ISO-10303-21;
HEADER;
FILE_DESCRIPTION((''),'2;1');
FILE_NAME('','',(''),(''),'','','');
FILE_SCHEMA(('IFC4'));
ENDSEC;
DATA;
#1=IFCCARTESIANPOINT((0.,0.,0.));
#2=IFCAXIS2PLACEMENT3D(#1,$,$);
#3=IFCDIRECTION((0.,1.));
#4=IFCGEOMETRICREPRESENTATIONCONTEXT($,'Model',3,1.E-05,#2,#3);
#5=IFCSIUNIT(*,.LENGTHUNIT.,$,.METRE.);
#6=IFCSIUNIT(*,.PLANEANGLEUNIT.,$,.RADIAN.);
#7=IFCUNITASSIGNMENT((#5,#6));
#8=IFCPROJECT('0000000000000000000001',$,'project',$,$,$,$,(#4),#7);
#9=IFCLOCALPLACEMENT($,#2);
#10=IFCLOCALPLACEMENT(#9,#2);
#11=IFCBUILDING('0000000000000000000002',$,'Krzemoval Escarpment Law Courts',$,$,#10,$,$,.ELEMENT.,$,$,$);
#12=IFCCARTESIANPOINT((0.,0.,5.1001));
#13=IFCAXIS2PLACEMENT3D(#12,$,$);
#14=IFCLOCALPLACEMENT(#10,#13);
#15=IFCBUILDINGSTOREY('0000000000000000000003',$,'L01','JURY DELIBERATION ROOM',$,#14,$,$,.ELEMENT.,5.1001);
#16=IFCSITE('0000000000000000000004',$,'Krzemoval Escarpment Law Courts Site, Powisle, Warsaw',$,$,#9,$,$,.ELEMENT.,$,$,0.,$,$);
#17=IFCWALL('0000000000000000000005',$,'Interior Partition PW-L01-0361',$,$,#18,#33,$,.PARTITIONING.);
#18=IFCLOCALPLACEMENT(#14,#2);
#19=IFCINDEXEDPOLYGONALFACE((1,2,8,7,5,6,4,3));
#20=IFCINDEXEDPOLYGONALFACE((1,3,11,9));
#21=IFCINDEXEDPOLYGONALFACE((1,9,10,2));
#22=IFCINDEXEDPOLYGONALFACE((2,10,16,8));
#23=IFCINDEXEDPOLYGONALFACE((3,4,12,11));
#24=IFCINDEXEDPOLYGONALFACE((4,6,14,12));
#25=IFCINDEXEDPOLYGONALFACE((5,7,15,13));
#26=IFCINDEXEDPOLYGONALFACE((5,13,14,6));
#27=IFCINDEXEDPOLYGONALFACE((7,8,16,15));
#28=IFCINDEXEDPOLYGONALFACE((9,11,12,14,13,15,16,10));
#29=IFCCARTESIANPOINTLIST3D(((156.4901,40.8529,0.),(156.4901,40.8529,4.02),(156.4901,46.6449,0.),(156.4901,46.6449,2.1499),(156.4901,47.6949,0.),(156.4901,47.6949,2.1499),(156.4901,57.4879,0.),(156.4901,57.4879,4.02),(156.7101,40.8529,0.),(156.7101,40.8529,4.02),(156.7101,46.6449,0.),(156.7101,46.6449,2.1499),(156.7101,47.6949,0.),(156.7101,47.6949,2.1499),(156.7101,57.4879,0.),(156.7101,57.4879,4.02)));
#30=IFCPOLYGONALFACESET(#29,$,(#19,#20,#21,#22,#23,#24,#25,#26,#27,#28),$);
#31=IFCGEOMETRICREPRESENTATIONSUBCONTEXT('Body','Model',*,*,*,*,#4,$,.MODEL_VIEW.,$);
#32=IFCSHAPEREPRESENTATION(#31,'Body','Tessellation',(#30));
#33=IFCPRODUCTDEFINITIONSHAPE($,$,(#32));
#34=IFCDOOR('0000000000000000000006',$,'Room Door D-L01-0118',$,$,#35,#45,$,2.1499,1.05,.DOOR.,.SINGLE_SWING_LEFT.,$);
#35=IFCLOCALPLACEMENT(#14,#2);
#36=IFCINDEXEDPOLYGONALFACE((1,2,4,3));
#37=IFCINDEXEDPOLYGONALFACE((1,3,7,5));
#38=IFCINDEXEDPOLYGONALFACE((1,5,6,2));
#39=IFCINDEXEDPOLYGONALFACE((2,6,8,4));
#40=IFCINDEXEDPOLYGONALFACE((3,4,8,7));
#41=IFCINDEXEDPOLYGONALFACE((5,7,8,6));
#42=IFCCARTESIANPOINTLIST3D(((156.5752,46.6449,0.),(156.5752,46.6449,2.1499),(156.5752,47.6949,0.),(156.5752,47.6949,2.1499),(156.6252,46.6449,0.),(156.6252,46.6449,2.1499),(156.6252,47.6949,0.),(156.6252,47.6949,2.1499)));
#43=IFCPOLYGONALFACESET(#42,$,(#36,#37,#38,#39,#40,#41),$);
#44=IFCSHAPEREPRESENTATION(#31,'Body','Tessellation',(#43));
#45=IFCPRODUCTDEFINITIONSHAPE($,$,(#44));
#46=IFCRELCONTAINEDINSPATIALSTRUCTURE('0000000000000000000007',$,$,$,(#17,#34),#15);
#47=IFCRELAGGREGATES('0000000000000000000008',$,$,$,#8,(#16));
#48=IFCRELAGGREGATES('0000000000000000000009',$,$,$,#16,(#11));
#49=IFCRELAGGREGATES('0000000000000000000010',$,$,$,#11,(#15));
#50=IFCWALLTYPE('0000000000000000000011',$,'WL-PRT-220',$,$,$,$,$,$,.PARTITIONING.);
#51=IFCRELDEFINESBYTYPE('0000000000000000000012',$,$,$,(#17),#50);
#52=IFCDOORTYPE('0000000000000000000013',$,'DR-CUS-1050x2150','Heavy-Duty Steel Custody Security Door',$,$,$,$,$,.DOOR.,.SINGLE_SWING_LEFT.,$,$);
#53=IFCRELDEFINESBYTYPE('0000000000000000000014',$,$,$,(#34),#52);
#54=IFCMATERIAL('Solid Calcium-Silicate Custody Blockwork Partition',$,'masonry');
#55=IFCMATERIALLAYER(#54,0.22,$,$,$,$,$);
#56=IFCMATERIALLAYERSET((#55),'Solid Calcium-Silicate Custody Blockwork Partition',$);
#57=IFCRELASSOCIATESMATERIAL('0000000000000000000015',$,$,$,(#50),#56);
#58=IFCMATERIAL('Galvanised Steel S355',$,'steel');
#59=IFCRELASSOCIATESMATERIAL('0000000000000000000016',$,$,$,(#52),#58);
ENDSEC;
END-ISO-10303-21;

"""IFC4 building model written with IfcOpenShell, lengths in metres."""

from ifc_helpers import new_model, si_unit, direction, frame, frame_2d, origin, place, context, subcontext, project, spatial, rectangle, extrude, material, layer, layer_set, type_object, element, fill, save


model = new_model("IFC4")

# Units and contexts
model_context = context("Model", 3, precision=1e-05, world=origin(), true_north=direction((0.0, 1.0)))
body_context = subcontext(model_context, "Body", "Model", "MODEL_VIEW")
ifc_project = project(units=[si_unit("LENGTHUNIT", "METRE"), si_unit("PLANEANGLEUNIT", "RADIAN")], contexts=[model_context])

# Site, building, storey
site_placement = place(None, origin())
site = spatial("IfcSite", under=ifc_project, at=site_placement, Name="Krzemoval Escarpment Law Courts Site, Powisle, Warsaw", CompositionType="ELEMENT", RefElevation=0.0)
building_placement = place(site_placement, origin())
building = spatial("IfcBuilding", under=site, at=building_placement, Name="Krzemoval Escarpment Law Courts", CompositionType="ELEMENT")
storey_placement = place(building_placement, frame((0.0, 0.0, 5.1001)))
storey = spatial("IfcBuildingStorey", under=building, at=storey_placement, Name="L01", Description="JURY DELIBERATION ROOM", CompositionType="ELEMENT", Elevation=5.1001)

# Wall, opening, door
ifc_material_1 = material(Name="Solid Calcium-Silicate Custody Blockwork Partition", Category="masonry")
ifc_layer_1 = layer(ifc_material_1, 0.22)
ifc_layer_set_1 = layer_set([ifc_layer_1], Name="Solid Calcium-Silicate Custody Blockwork Partition")
wall_type_1 = type_object("IfcWallType", Name="WL-PRT-220", PredefinedType="PARTITIONING", material=ifc_layer_set_1)
wall_1_placement = place(storey_placement, frame((156.6001, 40.853, 0.0), z_axis=(0.0, 0.0, 1.0), x_axis=(0.0, 1.0, 0.0)))
wall_1 = element("IfcWall", 1, at=wall_1_placement, inside=storey, type_object=wall_type_1, Name="Interior Partition PW-L01-0361", PredefinedType="PARTITIONING", context=body_context, shape_type="SweptSolid", body=[
    extrude(rectangle(XDim=16.635, YDim=0.22, at=frame_2d((8.3174, 0.0))), origin(), (0.0, 0.0, 1.0), 4.02),
])
opening_1_placement = place(wall_1_placement, frame((5.792, 0.0, 0.0)))
opening_1 = element("IfcOpeningElement", 2, at=opening_1_placement, cuts=wall_1, PredefinedType="OPENING", context=body_context, shape_type="SweptSolid", body=[
    extrude(rectangle(XDim=1.05, YDim=2.1499, at=frame_2d((0.5249, 1.075))), frame((0.0, 0.125, 0.0), z_axis=(0.0, -1.0, 0.0), x_axis=(1.0, 0.0, 0.0)), (0.0, 0.0, 1.0), 0.25),
])
ifc_material_2 = material(Name="Galvanised Steel S355", Category="steel")
door_type = type_object("IfcDoorType", Name="DR-CUS-1050x2150", Description="Heavy-Duty Steel Custody Security Door", OperationType="SINGLE_SWING_LEFT", PredefinedType="DOOR", material=ifc_material_2)
door_placement = place(opening_1_placement, origin())
door = element("IfcDoor", 3, at=door_placement, inside=storey, type_object=door_type, Name="Room Door D-L01-0118", OperationType="SINGLE_SWING_LEFT", OverallHeight=2.1499, OverallWidth=1.05, PredefinedType="DOOR", context=body_context, shape_type="SweptSolid", body=[
    extrude(rectangle(XDim=1.05, YDim=2.1499, at=frame_2d((0.5249, 1.075))), frame((0.0, 0.0249, 0.0), z_axis=(0.0, -1.0, 0.0), x_axis=(1.0, 0.0, 0.0)), (0.0, 0.0, 1.0), 0.05),
])
fill(opening_1, door)

save(model, "model.ifc")
